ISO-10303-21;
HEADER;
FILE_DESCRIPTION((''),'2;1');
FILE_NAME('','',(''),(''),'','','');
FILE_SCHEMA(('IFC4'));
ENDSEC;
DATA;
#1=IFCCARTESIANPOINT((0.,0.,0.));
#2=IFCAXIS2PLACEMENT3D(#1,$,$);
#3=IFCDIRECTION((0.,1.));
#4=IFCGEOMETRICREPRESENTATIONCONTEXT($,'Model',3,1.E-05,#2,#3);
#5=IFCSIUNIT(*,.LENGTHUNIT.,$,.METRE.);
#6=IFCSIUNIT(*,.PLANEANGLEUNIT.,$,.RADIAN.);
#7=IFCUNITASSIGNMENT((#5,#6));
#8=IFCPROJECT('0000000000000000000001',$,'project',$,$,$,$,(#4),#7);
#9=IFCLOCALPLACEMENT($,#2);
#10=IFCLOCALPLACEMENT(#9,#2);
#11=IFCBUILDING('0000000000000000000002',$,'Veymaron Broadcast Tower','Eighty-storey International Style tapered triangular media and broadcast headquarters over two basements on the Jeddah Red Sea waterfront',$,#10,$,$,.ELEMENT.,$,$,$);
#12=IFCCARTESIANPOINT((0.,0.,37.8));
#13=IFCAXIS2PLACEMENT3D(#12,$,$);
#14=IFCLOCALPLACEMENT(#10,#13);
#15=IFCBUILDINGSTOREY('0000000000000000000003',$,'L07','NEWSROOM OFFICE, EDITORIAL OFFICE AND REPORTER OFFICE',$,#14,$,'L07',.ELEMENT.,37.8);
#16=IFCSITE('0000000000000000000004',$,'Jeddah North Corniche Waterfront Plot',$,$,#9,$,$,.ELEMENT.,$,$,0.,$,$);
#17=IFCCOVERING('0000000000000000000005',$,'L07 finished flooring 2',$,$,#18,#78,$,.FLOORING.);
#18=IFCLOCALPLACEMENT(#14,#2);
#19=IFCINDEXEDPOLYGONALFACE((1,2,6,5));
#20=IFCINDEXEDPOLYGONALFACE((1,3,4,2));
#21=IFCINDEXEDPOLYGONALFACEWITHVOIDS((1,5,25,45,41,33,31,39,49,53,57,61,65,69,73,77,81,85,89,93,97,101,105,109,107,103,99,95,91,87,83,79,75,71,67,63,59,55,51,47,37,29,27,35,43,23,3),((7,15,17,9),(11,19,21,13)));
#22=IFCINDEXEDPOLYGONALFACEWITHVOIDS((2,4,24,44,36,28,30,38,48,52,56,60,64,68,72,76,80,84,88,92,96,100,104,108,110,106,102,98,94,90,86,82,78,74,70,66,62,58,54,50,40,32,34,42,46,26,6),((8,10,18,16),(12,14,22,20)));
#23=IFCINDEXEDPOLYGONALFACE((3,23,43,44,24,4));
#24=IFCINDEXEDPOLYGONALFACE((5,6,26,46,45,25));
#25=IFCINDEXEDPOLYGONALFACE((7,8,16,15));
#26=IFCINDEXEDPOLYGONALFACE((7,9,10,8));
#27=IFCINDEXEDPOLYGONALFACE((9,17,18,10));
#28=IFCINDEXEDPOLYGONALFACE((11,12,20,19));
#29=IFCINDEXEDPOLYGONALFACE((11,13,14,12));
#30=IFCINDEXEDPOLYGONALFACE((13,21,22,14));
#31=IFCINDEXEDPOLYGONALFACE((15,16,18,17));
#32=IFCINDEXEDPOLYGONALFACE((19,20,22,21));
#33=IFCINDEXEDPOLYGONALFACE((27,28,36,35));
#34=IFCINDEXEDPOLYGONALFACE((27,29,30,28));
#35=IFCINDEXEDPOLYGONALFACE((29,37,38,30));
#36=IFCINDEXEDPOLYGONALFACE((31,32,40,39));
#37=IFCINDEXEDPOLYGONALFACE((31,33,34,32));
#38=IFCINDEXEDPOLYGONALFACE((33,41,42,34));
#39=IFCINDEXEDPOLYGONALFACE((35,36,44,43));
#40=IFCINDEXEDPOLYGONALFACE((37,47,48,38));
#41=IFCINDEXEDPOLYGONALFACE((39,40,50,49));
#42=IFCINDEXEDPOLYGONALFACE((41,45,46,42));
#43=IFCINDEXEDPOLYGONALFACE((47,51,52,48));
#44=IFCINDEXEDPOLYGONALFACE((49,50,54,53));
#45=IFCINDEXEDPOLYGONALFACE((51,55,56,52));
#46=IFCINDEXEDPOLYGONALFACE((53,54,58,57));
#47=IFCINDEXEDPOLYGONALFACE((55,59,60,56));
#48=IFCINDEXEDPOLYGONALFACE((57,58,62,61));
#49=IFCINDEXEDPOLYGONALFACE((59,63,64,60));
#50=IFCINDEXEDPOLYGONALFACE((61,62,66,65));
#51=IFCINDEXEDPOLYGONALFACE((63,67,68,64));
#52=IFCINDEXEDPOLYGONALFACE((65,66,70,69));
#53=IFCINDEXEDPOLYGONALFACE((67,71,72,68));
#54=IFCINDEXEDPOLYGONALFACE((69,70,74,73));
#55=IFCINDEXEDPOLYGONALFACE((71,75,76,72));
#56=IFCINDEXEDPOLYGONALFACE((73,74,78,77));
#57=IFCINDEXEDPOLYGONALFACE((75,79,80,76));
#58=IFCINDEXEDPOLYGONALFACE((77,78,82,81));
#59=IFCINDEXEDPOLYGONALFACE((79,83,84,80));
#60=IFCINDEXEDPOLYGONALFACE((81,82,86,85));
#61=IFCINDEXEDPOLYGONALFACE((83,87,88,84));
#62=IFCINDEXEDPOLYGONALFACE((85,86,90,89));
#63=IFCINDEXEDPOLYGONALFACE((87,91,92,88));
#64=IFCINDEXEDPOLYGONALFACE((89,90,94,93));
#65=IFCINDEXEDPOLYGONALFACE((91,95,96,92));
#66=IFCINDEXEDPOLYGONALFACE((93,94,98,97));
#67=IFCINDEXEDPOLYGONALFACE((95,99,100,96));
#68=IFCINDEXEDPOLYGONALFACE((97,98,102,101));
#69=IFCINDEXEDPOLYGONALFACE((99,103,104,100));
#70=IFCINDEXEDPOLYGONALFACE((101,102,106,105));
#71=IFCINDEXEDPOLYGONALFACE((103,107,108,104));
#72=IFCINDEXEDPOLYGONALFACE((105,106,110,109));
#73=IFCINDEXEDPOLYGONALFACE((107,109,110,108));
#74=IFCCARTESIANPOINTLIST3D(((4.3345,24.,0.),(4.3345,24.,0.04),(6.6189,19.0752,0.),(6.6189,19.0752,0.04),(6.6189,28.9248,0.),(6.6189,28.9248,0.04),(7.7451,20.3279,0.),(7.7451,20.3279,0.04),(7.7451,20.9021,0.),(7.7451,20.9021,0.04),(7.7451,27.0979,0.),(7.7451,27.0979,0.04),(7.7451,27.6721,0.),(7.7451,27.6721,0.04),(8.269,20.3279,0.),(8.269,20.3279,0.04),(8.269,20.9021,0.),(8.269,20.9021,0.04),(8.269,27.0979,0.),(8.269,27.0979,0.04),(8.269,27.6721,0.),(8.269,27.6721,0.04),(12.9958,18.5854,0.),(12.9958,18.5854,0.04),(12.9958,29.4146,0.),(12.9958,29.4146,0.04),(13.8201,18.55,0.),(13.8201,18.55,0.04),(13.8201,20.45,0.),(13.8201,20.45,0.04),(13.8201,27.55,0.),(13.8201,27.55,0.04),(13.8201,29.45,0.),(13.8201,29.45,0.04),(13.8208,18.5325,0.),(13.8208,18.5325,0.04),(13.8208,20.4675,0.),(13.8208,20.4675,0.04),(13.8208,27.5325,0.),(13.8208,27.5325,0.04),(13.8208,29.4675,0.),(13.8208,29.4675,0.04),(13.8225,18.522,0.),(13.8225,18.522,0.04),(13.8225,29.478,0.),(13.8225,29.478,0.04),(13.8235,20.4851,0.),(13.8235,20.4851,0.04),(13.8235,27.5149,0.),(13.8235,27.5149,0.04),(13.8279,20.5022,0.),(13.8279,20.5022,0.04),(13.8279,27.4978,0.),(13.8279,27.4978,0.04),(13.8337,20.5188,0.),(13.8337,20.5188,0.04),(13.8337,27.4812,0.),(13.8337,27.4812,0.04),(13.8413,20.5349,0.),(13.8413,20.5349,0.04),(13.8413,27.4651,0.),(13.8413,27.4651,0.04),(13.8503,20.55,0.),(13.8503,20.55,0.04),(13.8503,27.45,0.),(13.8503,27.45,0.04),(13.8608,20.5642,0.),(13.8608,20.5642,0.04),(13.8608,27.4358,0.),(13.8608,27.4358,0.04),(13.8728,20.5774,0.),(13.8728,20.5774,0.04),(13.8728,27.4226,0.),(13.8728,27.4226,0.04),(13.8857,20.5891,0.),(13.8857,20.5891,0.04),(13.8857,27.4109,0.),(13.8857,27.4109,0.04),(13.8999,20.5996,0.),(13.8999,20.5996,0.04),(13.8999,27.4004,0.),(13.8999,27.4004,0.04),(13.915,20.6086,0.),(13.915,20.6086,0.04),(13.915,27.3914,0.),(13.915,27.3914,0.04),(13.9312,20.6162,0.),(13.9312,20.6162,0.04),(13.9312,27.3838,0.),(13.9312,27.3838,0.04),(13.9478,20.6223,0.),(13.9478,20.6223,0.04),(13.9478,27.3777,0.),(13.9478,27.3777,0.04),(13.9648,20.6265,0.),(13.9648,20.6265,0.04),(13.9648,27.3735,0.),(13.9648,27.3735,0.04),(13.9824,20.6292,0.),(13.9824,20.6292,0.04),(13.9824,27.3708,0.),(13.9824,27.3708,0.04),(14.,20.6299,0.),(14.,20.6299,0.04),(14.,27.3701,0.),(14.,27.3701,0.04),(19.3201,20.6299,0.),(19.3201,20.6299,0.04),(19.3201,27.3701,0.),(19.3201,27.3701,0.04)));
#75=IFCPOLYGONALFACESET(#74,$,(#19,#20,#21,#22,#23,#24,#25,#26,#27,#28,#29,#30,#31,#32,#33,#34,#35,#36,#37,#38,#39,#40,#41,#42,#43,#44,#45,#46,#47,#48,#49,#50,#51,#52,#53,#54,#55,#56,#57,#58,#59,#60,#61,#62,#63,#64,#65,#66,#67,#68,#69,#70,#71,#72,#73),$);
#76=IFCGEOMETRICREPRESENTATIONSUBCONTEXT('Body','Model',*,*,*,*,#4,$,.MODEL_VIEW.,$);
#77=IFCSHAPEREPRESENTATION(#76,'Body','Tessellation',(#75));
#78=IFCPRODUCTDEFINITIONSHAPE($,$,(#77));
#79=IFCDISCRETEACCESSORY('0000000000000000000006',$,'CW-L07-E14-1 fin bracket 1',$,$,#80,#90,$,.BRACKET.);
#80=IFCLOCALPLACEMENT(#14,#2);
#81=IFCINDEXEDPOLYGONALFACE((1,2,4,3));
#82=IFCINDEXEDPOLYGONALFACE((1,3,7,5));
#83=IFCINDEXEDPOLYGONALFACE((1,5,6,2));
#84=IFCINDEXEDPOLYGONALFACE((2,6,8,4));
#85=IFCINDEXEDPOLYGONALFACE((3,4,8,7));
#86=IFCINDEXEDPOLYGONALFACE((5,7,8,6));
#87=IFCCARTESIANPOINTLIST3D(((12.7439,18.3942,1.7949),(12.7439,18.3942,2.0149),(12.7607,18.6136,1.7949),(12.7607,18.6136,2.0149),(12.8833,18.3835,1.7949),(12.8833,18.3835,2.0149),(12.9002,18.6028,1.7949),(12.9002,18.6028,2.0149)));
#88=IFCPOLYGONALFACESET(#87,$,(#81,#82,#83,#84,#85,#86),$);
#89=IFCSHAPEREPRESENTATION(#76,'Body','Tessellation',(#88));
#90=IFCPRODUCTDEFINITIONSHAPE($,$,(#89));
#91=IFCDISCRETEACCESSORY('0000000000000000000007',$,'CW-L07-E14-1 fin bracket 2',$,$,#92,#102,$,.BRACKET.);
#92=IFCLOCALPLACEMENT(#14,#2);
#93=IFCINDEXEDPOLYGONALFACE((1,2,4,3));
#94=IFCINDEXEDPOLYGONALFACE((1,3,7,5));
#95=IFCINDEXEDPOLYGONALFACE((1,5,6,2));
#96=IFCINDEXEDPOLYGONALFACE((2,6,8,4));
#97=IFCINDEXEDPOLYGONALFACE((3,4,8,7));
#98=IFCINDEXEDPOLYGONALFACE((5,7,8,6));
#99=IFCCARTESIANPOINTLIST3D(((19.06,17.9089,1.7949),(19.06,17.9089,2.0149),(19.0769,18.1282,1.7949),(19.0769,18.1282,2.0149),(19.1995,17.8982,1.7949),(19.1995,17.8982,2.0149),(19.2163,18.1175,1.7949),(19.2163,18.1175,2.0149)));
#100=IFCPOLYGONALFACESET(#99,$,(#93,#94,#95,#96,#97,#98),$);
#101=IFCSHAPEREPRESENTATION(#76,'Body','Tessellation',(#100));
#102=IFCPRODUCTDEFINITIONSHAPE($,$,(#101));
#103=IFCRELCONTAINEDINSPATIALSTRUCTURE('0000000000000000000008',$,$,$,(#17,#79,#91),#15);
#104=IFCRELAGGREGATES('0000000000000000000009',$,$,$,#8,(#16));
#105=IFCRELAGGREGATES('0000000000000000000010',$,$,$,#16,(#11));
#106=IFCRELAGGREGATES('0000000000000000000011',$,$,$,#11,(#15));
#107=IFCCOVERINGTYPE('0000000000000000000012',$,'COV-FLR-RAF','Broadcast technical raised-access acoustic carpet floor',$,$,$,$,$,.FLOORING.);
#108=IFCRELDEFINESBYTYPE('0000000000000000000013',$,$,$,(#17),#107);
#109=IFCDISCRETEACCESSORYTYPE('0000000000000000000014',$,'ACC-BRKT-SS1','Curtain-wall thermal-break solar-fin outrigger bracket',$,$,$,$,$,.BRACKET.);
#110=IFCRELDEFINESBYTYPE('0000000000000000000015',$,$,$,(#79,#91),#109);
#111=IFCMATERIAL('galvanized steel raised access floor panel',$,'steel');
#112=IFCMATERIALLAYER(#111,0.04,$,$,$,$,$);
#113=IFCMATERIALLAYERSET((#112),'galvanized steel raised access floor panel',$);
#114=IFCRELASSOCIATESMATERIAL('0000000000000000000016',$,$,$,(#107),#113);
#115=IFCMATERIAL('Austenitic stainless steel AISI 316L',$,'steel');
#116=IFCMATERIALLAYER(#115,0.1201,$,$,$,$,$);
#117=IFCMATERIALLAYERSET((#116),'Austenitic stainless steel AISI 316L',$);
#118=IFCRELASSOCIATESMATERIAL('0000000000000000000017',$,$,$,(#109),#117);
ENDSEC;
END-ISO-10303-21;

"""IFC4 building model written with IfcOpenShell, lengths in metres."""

from ifc_helpers import new_model, si_unit, direction, frame, origin, origin_2d, place, context, subcontext, project, spatial, polyline, rectangle, outline, extrude, material, layer, layer_set, type_object, element, save


model = new_model("IFC4")

# Units and contexts
model_context = context("Model", 3, precision=1e-05, world=origin(), true_north=direction((0.0, 1.0)))
body_context = subcontext(model_context, "Body", "Model", "MODEL_VIEW")
ifc_project = project(units=[si_unit("LENGTHUNIT", "METRE"), si_unit("PLANEANGLEUNIT", "RADIAN")], contexts=[model_context])

# Site, building, storey
site_placement = place(None, origin())
site = spatial("IfcSite", under=ifc_project, at=site_placement, Name="Jeddah North Corniche Waterfront Plot", CompositionType="ELEMENT", RefElevation=0.0)
building_placement = place(site_placement, origin())
building = spatial("IfcBuilding", under=site, at=building_placement, Name="Veymaron Broadcast Tower", Description="Eighty-storey International Style tapered triangular media and broadcast headquarters over two basements on the Jeddah Red Sea waterfront", CompositionType="ELEMENT")
storey_placement = place(building_placement, frame((0.0, 0.0, 37.8)))
storey = spatial("IfcBuildingStorey", under=building, at=storey_placement, Name="L07", Description="NEWSROOM OFFICE, EDITORIAL OFFICE AND REPORTER OFFICE", LongName="L07", CompositionType="ELEMENT", Elevation=37.8)

# Covering
ifc_material_1 = material(Name="galvanized steel raised access floor panel", Category="steel")
ifc_layer_1 = layer(ifc_material_1, 0.04)
ifc_layer_set_1 = layer_set([ifc_layer_1], Name="galvanized steel raised access floor panel")
covering_type_1 = type_object("IfcCoveringType", Name="COV-FLR-RAF", Description="Broadcast technical raised-access acoustic carpet floor", PredefinedType="FLOORING", material=ifc_layer_set_1)
covering_1_placement = place(storey_placement, origin())
element("IfcCovering", 1, at=covering_1_placement, inside=storey, type_object=covering_type_1, Name="L07 finished flooring 2", PredefinedType="FLOORING", context=body_context, shape_type="SweptSolid", body=[
    extrude(outline(polyline([(13.8728, 27.4226), (13.8857, 27.4109), (13.8999, 27.4004), (13.915, 27.3914), (13.9312, 27.3838), (13.9478, 27.3777), (13.9648, 27.3735), (13.9824, 27.3708), (14.0, 27.3701), (19.3201, 27.3701), (19.3201, 20.6299), (14.0, 20.6299), (13.9824, 20.6292), (13.9648, 20.6265), (13.9478, 20.6223), (13.9312, 20.6162), (13.915, 20.6086), (13.8999, 20.5996), (13.8857, 20.5891), (13.8728, 20.5774), (13.8608, 20.5642), (13.8503, 20.55), (13.8413, 20.5349), (13.8337, 20.5188), (13.8279, 20.5022), (13.8235, 20.4851), (13.8208, 20.4675), (13.8201, 20.45), (13.8201, 18.55), (13.8208, 18.5325), (13.8225, 18.522), (12.9958, 18.5854), (6.6189, 19.0752), (4.3345, 24.0), (6.6189, 28.9248), (12.9958, 29.4146), (13.8225, 29.478), (13.8208, 29.4675), (13.8201, 29.45), (13.8201, 27.55), (13.8208, 27.5325), (13.8235, 27.5149), (13.8279, 27.4978), (13.8337, 27.4812), (13.8413, 27.4651), (13.8503, 27.45), (13.8608, 27.4358), (13.8728, 27.4226)]), holes=[polyline([(7.7451, 20.9021), (7.7451, 20.3279), (8.269, 20.3279), (8.269, 20.9021), (7.7451, 20.9021)]), polyline([(8.269, 27.6721), (7.7451, 27.6721), (7.7451, 27.0979), (8.269, 27.0979), (8.269, 27.6721)])]), origin(), (0.0, 0.0, 1.0), 0.04),
])

# Discrete accessories
ifc_material_2 = material(Name="Austenitic stainless steel AISI 316L", Category="steel")
ifc_layer_2 = layer(ifc_material_2, 0.1201)
ifc_layer_set_2 = layer_set([ifc_layer_2], Name="Austenitic stainless steel AISI 316L")
discrete_accessory_type = type_object("IfcDiscreteAccessoryType", Name="ACC-BRKT-SS1", Description="Curtain-wall thermal-break solar-fin outrigger bracket", PredefinedType="BRACKET", material=ifc_layer_set_2)
for number, where, z_axis, x_axis, name in (
    (2, (12.822, 18.4985, 1.7949), (0.0, 0.0, 1.0), (-0.076597, -0.997062, 0.0), "CW-L07-E14-1 fin bracket 1"),
    (3, (19.1382, 18.0132, 1.7949), (0.0, 0.0, 1.0), (-0.076597, -0.997062, 0.0), "CW-L07-E14-1 fin bracket 2"),
):
    element("IfcDiscreteAccessory", number, at=place(storey_placement, frame(where, z_axis=z_axis, x_axis=x_axis)), inside=storey, type_object=discrete_accessory_type, Name=name, PredefinedType="BRACKET", context=body_context, shape_type="SweptSolid", body=[
        extrude(rectangle(XDim=0.22, YDim=0.1399, at=origin_2d()), origin(), (0.0, 0.0, 1.0), 0.22),
    ])

save(model, "model.ifc")
